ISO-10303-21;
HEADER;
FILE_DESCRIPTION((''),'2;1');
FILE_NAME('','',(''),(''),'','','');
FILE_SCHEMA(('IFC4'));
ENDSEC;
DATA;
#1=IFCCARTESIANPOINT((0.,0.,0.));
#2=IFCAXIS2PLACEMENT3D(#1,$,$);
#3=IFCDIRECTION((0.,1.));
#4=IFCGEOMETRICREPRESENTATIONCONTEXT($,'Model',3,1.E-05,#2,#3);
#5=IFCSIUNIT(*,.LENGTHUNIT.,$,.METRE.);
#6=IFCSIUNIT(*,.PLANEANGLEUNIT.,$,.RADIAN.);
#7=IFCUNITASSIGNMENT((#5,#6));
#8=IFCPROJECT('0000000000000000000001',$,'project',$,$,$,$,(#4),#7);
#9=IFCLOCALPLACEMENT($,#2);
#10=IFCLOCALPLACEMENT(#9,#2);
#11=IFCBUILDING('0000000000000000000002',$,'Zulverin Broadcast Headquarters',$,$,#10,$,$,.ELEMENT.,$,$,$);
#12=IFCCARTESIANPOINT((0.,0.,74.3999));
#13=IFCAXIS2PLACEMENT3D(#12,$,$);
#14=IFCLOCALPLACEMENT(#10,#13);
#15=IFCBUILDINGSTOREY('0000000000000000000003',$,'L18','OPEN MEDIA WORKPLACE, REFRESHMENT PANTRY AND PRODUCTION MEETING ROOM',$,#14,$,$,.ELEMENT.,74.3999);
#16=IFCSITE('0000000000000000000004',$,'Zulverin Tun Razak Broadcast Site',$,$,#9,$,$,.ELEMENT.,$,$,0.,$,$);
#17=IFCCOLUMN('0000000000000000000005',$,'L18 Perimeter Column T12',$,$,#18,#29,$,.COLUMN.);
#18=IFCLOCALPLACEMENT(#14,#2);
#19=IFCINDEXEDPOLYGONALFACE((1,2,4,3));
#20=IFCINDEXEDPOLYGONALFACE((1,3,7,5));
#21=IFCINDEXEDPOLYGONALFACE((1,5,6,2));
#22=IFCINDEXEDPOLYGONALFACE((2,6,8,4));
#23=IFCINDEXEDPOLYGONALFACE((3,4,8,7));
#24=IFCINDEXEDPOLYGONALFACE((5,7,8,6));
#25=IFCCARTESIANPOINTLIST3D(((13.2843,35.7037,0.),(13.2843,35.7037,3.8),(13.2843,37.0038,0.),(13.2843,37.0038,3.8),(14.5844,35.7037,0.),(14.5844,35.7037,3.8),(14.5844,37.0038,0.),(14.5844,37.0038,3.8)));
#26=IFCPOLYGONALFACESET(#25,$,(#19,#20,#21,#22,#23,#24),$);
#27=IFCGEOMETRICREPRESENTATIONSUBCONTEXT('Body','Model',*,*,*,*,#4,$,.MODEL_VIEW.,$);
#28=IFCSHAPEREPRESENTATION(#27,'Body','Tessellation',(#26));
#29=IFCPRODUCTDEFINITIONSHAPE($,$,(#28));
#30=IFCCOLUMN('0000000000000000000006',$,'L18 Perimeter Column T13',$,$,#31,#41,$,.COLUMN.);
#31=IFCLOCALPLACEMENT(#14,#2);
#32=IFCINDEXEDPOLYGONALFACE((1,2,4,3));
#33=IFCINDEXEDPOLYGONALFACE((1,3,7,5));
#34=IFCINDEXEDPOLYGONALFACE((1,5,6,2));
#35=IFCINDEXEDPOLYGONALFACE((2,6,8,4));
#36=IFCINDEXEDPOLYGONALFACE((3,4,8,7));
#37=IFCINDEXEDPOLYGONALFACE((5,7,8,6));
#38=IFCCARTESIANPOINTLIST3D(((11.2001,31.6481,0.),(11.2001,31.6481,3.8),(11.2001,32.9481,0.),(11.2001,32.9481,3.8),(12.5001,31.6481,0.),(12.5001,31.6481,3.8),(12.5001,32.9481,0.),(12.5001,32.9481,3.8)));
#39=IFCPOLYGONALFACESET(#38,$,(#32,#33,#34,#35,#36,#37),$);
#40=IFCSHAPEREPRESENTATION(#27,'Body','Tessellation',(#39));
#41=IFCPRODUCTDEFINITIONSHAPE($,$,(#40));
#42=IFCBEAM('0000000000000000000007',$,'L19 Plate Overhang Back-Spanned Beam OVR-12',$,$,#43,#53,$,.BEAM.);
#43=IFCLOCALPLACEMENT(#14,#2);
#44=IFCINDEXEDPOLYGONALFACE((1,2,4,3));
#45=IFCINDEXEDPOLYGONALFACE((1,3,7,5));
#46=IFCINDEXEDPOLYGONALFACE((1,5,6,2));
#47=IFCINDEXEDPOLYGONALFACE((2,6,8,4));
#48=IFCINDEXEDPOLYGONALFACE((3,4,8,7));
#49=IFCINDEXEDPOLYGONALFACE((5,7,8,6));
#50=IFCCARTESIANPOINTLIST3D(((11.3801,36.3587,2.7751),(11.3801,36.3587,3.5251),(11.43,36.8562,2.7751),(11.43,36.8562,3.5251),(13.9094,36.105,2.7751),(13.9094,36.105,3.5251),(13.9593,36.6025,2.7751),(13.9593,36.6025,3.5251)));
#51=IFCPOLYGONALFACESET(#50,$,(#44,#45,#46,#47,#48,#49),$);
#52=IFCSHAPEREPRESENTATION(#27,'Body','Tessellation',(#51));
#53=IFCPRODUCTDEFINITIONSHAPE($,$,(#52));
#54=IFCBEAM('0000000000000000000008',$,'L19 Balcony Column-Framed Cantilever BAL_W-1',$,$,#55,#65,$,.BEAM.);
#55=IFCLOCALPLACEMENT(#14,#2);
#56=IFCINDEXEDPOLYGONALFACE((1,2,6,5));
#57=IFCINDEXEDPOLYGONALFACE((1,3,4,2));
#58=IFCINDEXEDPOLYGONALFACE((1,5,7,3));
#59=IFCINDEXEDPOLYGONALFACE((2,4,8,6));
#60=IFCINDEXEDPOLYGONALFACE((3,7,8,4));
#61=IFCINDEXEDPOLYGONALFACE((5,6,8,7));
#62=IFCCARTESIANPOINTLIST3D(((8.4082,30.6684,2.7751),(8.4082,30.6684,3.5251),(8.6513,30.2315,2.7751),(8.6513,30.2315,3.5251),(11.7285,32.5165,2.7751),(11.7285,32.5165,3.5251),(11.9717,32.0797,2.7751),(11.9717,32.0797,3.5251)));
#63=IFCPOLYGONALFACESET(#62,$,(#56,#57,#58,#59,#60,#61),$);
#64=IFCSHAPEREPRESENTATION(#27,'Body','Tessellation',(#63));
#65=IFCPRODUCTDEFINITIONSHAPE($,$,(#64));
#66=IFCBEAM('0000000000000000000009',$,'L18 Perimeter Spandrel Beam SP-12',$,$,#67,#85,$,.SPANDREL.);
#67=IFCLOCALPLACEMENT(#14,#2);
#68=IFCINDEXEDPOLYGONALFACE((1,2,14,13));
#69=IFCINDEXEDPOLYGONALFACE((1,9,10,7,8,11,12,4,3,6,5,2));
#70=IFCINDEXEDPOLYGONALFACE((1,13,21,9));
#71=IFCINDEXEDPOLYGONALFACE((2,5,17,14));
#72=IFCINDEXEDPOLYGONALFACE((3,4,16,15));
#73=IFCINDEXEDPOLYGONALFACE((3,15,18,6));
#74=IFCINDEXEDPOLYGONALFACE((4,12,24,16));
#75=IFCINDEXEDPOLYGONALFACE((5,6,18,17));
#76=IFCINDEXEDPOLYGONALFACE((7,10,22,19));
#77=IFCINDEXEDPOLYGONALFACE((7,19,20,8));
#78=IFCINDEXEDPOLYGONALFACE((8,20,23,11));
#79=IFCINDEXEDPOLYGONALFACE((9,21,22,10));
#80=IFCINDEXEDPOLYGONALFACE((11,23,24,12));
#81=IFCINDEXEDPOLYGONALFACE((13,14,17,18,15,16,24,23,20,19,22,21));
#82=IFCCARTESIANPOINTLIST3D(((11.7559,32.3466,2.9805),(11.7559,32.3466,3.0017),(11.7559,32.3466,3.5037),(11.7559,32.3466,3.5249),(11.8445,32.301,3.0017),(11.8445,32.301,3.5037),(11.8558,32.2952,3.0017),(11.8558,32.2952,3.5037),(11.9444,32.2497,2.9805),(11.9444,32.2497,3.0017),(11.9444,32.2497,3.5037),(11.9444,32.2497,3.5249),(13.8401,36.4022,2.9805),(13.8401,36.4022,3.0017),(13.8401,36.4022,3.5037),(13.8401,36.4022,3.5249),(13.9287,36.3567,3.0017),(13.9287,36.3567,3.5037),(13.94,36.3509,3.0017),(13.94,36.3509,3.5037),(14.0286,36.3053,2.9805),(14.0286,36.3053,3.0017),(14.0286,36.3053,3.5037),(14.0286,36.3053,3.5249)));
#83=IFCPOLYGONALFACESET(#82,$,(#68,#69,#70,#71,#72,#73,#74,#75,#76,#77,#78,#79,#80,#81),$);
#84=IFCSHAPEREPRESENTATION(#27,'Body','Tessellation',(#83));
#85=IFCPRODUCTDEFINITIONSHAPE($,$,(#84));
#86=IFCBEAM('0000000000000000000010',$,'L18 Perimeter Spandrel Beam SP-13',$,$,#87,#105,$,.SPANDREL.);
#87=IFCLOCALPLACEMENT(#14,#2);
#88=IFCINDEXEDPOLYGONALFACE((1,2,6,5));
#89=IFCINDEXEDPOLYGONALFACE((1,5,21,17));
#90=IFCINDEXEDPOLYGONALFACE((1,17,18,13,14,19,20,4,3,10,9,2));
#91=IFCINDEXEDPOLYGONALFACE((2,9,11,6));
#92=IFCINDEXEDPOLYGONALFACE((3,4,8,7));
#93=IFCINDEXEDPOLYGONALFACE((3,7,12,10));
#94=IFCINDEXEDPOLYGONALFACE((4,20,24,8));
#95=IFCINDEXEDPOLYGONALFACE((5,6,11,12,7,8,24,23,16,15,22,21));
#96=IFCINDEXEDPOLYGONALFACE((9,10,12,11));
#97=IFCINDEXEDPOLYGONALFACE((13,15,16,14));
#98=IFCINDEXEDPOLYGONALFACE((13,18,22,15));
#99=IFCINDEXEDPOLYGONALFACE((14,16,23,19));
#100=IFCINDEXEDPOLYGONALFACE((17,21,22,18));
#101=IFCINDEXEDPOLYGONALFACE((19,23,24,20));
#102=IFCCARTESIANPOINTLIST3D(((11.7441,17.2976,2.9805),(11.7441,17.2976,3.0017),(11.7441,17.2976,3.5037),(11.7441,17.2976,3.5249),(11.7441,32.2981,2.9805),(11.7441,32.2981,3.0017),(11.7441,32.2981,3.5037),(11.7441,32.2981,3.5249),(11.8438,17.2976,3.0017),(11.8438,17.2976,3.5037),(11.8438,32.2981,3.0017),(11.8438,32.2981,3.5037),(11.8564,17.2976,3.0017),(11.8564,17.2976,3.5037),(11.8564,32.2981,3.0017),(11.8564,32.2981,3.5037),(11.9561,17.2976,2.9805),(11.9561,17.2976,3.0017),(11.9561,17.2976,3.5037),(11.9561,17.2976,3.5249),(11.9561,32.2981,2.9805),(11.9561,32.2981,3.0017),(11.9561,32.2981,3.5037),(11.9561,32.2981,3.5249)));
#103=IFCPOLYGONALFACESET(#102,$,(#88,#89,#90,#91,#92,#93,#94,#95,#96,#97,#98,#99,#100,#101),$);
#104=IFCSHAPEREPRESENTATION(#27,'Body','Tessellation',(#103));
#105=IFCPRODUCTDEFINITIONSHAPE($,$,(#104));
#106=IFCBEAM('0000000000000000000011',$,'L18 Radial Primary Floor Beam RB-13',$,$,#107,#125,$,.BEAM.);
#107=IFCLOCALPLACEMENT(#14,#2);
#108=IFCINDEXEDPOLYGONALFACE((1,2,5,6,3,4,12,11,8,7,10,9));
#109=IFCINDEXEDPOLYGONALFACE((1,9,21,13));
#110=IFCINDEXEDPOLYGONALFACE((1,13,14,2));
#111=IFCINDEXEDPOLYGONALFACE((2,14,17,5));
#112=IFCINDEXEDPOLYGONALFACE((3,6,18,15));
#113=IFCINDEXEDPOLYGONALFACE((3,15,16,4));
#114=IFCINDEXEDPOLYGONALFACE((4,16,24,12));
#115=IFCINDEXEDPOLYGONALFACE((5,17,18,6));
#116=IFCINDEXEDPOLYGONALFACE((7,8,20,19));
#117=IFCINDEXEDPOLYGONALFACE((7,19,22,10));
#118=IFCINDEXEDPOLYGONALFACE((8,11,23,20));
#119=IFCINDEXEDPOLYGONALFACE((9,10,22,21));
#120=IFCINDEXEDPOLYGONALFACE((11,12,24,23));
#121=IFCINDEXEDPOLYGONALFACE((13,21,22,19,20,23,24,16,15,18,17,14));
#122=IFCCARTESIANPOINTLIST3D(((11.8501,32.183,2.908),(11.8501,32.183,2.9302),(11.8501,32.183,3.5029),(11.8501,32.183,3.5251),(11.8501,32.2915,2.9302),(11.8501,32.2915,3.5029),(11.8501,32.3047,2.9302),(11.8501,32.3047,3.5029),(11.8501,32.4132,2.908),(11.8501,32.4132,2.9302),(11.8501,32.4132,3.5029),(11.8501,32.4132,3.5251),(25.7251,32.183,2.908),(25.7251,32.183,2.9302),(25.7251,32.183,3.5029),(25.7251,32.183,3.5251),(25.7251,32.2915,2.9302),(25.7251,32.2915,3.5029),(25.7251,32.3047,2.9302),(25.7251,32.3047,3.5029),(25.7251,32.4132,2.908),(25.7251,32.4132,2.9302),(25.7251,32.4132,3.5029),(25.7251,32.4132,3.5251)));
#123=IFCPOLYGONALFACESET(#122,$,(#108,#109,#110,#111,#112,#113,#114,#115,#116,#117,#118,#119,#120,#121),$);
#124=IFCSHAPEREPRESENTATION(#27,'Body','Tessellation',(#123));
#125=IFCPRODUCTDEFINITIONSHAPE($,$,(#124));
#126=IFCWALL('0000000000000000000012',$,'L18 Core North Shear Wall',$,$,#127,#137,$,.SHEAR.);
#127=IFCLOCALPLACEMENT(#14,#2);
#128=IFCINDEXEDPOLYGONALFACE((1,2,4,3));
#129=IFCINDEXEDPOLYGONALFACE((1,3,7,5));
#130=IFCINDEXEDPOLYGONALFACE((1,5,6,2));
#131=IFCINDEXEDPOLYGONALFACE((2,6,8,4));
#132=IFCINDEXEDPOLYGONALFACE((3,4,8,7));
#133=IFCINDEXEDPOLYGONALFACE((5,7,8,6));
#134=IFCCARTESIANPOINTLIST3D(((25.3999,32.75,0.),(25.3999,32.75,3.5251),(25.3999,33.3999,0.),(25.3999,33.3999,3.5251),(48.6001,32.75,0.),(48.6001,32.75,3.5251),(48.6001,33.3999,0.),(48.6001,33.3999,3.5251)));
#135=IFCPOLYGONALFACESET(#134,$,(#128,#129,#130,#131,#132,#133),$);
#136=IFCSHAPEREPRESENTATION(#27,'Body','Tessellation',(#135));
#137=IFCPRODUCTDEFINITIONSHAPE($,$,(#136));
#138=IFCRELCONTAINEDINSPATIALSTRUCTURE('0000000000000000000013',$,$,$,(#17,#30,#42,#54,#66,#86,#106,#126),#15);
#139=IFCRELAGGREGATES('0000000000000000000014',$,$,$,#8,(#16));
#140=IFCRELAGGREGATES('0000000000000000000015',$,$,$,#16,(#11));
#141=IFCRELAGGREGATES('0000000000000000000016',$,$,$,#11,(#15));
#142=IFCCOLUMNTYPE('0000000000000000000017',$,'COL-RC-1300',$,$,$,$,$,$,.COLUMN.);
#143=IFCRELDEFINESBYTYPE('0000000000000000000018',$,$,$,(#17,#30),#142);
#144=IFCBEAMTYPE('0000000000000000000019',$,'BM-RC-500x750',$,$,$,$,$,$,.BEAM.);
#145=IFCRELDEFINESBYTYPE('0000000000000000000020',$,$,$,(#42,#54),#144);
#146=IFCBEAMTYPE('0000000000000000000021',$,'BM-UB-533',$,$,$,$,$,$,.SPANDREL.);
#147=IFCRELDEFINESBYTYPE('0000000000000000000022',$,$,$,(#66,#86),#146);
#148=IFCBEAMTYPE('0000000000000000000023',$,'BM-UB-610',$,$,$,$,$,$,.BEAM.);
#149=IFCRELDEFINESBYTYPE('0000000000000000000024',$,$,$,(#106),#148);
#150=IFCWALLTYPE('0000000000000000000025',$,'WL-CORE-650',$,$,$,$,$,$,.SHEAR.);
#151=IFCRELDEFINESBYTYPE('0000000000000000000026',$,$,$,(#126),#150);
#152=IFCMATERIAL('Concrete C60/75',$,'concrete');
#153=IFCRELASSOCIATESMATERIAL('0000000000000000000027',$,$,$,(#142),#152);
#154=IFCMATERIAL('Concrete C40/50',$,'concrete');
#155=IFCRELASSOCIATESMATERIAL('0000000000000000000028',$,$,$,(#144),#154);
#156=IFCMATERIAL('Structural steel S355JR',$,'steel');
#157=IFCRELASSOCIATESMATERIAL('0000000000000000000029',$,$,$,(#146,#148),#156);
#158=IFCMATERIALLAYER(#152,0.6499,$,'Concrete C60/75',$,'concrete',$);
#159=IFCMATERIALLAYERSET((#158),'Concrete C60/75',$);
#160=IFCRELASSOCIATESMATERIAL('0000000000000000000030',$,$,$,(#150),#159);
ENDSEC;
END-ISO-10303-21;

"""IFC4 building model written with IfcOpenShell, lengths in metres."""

from ifc_helpers import new_model, si_unit, direction, frame, frame_2d, origin, origin_2d, place, context, subcontext, project, spatial, rectangle, i_section, extrude, material, layer, layer_set, material_profile, profile_set, type_object, element, save


model = new_model("IFC4")

# Units and contexts
model_context = context("Model", 3, precision=1e-05, world=origin(), true_north=direction((0.0, 1.0)))
body_context = subcontext(model_context, "Body", "Model", "MODEL_VIEW")
ifc_project = project(units=[si_unit("LENGTHUNIT", "METRE"), si_unit("PLANEANGLEUNIT", "RADIAN")], contexts=[model_context])

# Site, building, storey
site_placement = place(None, origin())
site = spatial("IfcSite", under=ifc_project, at=site_placement, Name="Zulverin Tun Razak Broadcast Site", CompositionType="ELEMENT", RefElevation=0.0)
building_placement = place(site_placement, origin())
building = spatial("IfcBuilding", under=site, at=building_placement, Name="Zulverin Broadcast Headquarters", CompositionType="ELEMENT")
storey_placement = place(building_placement, frame((0.0, 0.0, 74.3999)))
storey = spatial("IfcBuildingStorey", under=building, at=storey_placement, Name="L18", Description="OPEN MEDIA WORKPLACE, REFRESHMENT PANTRY AND PRODUCTION MEETING ROOM", CompositionType="ELEMENT", Elevation=74.3999)

# Columns
ifc_material_1 = material(Name="Concrete C60/75", Category="concrete")
ifc_material_profile_1 = material_profile(ifc_material_1, rectangle(XDim=1.3, YDim=1.3, at=origin_2d()), Name="Concrete C60/75", Category="concrete")
ifc_profile_set_1 = profile_set([ifc_material_profile_1], Name="Concrete C60/75")
column_type = type_object("IfcColumnType", Name="COL-RC-1300", PredefinedType="COLUMN", material=ifc_profile_set_1)
for number, where, z_axis, x_axis, name in (
    (1, (13.9343, 36.3538, 0.0), (0.0, 0.0, 1.0), (1.0, 0.0, 0.0), "L18 Perimeter Column T12"),
    (2, (11.8501, 32.2981, 0.0), (0.0, 0.0, 1.0), (1.0, 0.0, 0.0), "L18 Perimeter Column T13"),
):
    element("IfcColumn", number, at=place(storey_placement, frame(where, z_axis=z_axis, x_axis=x_axis)), inside=storey, type_object=column_type, Name=name, PredefinedType="COLUMN", context=body_context, shape_type="SweptSolid", body=[
        extrude(rectangle(XDim=1.3, YDim=1.3, at=origin_2d()), origin(), (0.0, 0.0, 1.0), 3.8),
    ])

# Beams
ifc_material_2 = material(Name="Concrete C40/50", Category="concrete")
ifc_material_profile_2 = material_profile(ifc_material_2, rectangle(XDim=0.5, YDim=0.75, at=origin_2d()), Name="Concrete C40/50", Category="concrete")
ifc_profile_set_2 = profile_set([ifc_material_profile_2], Name="Concrete C40/50")
beam_type_1 = type_object("IfcBeamType", Name="BM-RC-500x750", PredefinedType="BEAM", material=ifc_profile_set_2)
beam_1_placement = place(storey_placement, frame((13.9343, 36.3538, 3.1501), z_axis=(-0.995009, 0.099789, 0.0), x_axis=(-0.099789, -0.995009, 0.0)))
element("IfcBeam", 3, at=beam_1_placement, inside=storey, type_object=beam_type_1, Name="L19 Plate Overhang Back-Spanned Beam OVR-12", PredefinedType="BEAM", context=body_context, shape_type="SweptSolid", body=[
    extrude(rectangle(XDim=0.5, YDim=0.75, at=origin_2d()), origin(), (0.0, 0.0, 1.0), 2.542),
])
beam_2_placement = place(storey_placement, frame((11.8501, 32.2981, 3.1501), z_axis=(-0.873763, -0.486352, 0.0), x_axis=(0.486352, -0.873763, 0.0)))
element("IfcBeam", 4, at=beam_2_placement, inside=storey, type_object=beam_type_1, Name="L19 Balcony Column-Framed Cantilever BAL_W-1", PredefinedType="BEAM", context=body_context, shape_type="SweptSolid", body=[
    extrude(rectangle(XDim=0.5, YDim=0.75, at=origin_2d()), origin(), (0.0, 0.0, 1.0), 3.8),
])
ifc_material_3 = material(Name="Structural steel S355JR", Category="steel")
ifc_material_profile_3 = material_profile(ifc_material_3, i_section(OverallWidth=0.2119, OverallDepth=0.5444, WebThickness=0.0127, FlangeThickness=0.0212, at=origin_2d()), Name="Structural steel S355JR", Category="steel")
ifc_profile_set_3 = profile_set([ifc_material_profile_3], Name="Structural steel S355JR")
beam_type_2 = type_object("IfcBeamType", Name="BM-UB-533", PredefinedType="SPANDREL", material=ifc_profile_set_3)
beam_3_placement = place(storey_placement, frame((13.9343, 36.3538, 3.2527), z_axis=(-0.457081, -0.889425, 0.0), x_axis=(0.889425, -0.457081, 0.0)))
element("IfcBeam", 5, at=beam_3_placement, inside=storey, type_object=beam_type_2, Name="L18 Perimeter Spandrel Beam SP-12", PredefinedType="SPANDREL", context=body_context, shape_type="SweptSolid", body=[
    extrude(i_section(OverallWidth=0.2119, OverallDepth=0.5444, WebThickness=0.0127, FlangeThickness=0.0212, at=origin_2d()), origin(), (0.0, 0.0, 1.0), 4.5598),
])
beam_4_placement = place(storey_placement, frame((11.8501, 32.2981, 3.2527), z_axis=(0.0, -1.0, 0.0), x_axis=(1.0, 0.0, 0.0)))
element("IfcBeam", 6, at=beam_4_placement, inside=storey, type_object=beam_type_2, Name="L18 Perimeter Spandrel Beam SP-13", PredefinedType="SPANDREL", context=body_context, shape_type="SweptSolid", body=[
    extrude(i_section(OverallWidth=0.2119, OverallDepth=0.5444, WebThickness=0.0127, FlangeThickness=0.0212, at=origin_2d()), origin(), (0.0, 0.0, 1.0), 15.0005),
])
ifc_material_profile_4 = material_profile(ifc_material_3, i_section(OverallWidth=0.2302, OverallDepth=0.6172, WebThickness=0.0132, FlangeThickness=0.0222, at=origin_2d()), Name="Structural steel S355JR", Category="steel")
ifc_profile_set_4 = profile_set([ifc_material_profile_4], Name="Structural steel S355JR")
beam_type_3 = type_object("IfcBeamType", Name="BM-UB-610", PredefinedType="BEAM", material=ifc_profile_set_4)
beam_5_placement = place(storey_placement, frame((25.7251, 32.2981, 3.2166), z_axis=(-1.0, 0.0, 0.0), x_axis=(0.0, -1.0, 0.0)))
element("IfcBeam", 7, at=beam_5_placement, inside=storey, type_object=beam_type_3, Name="L18 Radial Primary Floor Beam RB-13", PredefinedType="BEAM", context=body_context, shape_type="SweptSolid", body=[
    extrude(i_section(OverallWidth=0.2302, OverallDepth=0.6172, WebThickness=0.0132, FlangeThickness=0.0222, at=origin_2d()), origin(), (0.0, 0.0, 1.0), 13.875),
])

# Wall
ifc_layer_1 = layer(ifc_material_1, 0.6499, Name="Concrete C60/75", Category="concrete")
ifc_layer_set_1 = layer_set([ifc_layer_1], Name="Concrete C60/75")
wall_type_1 = type_object("IfcWallType", Name="WL-CORE-650", PredefinedType="SHEAR", material=ifc_layer_set_1)
wall_1_placement = place(storey_placement, frame((25.3999, 33.075, 0.0), z_axis=(0.0, 0.0, 1.0), x_axis=(1.0, 0.0, 0.0)))
element("IfcWall", 8, at=wall_1_placement, inside=storey, type_object=wall_type_1, Name="L18 Core North Shear Wall", PredefinedType="SHEAR", context=body_context, shape_type="SweptSolid", body=[
    extrude(rectangle(XDim=23.2002, YDim=0.6499, at=frame_2d((11.6001, 0.0))), origin(), (0.0, 0.0, 1.0), 3.5251),
])

save(model, "model.ifc")
